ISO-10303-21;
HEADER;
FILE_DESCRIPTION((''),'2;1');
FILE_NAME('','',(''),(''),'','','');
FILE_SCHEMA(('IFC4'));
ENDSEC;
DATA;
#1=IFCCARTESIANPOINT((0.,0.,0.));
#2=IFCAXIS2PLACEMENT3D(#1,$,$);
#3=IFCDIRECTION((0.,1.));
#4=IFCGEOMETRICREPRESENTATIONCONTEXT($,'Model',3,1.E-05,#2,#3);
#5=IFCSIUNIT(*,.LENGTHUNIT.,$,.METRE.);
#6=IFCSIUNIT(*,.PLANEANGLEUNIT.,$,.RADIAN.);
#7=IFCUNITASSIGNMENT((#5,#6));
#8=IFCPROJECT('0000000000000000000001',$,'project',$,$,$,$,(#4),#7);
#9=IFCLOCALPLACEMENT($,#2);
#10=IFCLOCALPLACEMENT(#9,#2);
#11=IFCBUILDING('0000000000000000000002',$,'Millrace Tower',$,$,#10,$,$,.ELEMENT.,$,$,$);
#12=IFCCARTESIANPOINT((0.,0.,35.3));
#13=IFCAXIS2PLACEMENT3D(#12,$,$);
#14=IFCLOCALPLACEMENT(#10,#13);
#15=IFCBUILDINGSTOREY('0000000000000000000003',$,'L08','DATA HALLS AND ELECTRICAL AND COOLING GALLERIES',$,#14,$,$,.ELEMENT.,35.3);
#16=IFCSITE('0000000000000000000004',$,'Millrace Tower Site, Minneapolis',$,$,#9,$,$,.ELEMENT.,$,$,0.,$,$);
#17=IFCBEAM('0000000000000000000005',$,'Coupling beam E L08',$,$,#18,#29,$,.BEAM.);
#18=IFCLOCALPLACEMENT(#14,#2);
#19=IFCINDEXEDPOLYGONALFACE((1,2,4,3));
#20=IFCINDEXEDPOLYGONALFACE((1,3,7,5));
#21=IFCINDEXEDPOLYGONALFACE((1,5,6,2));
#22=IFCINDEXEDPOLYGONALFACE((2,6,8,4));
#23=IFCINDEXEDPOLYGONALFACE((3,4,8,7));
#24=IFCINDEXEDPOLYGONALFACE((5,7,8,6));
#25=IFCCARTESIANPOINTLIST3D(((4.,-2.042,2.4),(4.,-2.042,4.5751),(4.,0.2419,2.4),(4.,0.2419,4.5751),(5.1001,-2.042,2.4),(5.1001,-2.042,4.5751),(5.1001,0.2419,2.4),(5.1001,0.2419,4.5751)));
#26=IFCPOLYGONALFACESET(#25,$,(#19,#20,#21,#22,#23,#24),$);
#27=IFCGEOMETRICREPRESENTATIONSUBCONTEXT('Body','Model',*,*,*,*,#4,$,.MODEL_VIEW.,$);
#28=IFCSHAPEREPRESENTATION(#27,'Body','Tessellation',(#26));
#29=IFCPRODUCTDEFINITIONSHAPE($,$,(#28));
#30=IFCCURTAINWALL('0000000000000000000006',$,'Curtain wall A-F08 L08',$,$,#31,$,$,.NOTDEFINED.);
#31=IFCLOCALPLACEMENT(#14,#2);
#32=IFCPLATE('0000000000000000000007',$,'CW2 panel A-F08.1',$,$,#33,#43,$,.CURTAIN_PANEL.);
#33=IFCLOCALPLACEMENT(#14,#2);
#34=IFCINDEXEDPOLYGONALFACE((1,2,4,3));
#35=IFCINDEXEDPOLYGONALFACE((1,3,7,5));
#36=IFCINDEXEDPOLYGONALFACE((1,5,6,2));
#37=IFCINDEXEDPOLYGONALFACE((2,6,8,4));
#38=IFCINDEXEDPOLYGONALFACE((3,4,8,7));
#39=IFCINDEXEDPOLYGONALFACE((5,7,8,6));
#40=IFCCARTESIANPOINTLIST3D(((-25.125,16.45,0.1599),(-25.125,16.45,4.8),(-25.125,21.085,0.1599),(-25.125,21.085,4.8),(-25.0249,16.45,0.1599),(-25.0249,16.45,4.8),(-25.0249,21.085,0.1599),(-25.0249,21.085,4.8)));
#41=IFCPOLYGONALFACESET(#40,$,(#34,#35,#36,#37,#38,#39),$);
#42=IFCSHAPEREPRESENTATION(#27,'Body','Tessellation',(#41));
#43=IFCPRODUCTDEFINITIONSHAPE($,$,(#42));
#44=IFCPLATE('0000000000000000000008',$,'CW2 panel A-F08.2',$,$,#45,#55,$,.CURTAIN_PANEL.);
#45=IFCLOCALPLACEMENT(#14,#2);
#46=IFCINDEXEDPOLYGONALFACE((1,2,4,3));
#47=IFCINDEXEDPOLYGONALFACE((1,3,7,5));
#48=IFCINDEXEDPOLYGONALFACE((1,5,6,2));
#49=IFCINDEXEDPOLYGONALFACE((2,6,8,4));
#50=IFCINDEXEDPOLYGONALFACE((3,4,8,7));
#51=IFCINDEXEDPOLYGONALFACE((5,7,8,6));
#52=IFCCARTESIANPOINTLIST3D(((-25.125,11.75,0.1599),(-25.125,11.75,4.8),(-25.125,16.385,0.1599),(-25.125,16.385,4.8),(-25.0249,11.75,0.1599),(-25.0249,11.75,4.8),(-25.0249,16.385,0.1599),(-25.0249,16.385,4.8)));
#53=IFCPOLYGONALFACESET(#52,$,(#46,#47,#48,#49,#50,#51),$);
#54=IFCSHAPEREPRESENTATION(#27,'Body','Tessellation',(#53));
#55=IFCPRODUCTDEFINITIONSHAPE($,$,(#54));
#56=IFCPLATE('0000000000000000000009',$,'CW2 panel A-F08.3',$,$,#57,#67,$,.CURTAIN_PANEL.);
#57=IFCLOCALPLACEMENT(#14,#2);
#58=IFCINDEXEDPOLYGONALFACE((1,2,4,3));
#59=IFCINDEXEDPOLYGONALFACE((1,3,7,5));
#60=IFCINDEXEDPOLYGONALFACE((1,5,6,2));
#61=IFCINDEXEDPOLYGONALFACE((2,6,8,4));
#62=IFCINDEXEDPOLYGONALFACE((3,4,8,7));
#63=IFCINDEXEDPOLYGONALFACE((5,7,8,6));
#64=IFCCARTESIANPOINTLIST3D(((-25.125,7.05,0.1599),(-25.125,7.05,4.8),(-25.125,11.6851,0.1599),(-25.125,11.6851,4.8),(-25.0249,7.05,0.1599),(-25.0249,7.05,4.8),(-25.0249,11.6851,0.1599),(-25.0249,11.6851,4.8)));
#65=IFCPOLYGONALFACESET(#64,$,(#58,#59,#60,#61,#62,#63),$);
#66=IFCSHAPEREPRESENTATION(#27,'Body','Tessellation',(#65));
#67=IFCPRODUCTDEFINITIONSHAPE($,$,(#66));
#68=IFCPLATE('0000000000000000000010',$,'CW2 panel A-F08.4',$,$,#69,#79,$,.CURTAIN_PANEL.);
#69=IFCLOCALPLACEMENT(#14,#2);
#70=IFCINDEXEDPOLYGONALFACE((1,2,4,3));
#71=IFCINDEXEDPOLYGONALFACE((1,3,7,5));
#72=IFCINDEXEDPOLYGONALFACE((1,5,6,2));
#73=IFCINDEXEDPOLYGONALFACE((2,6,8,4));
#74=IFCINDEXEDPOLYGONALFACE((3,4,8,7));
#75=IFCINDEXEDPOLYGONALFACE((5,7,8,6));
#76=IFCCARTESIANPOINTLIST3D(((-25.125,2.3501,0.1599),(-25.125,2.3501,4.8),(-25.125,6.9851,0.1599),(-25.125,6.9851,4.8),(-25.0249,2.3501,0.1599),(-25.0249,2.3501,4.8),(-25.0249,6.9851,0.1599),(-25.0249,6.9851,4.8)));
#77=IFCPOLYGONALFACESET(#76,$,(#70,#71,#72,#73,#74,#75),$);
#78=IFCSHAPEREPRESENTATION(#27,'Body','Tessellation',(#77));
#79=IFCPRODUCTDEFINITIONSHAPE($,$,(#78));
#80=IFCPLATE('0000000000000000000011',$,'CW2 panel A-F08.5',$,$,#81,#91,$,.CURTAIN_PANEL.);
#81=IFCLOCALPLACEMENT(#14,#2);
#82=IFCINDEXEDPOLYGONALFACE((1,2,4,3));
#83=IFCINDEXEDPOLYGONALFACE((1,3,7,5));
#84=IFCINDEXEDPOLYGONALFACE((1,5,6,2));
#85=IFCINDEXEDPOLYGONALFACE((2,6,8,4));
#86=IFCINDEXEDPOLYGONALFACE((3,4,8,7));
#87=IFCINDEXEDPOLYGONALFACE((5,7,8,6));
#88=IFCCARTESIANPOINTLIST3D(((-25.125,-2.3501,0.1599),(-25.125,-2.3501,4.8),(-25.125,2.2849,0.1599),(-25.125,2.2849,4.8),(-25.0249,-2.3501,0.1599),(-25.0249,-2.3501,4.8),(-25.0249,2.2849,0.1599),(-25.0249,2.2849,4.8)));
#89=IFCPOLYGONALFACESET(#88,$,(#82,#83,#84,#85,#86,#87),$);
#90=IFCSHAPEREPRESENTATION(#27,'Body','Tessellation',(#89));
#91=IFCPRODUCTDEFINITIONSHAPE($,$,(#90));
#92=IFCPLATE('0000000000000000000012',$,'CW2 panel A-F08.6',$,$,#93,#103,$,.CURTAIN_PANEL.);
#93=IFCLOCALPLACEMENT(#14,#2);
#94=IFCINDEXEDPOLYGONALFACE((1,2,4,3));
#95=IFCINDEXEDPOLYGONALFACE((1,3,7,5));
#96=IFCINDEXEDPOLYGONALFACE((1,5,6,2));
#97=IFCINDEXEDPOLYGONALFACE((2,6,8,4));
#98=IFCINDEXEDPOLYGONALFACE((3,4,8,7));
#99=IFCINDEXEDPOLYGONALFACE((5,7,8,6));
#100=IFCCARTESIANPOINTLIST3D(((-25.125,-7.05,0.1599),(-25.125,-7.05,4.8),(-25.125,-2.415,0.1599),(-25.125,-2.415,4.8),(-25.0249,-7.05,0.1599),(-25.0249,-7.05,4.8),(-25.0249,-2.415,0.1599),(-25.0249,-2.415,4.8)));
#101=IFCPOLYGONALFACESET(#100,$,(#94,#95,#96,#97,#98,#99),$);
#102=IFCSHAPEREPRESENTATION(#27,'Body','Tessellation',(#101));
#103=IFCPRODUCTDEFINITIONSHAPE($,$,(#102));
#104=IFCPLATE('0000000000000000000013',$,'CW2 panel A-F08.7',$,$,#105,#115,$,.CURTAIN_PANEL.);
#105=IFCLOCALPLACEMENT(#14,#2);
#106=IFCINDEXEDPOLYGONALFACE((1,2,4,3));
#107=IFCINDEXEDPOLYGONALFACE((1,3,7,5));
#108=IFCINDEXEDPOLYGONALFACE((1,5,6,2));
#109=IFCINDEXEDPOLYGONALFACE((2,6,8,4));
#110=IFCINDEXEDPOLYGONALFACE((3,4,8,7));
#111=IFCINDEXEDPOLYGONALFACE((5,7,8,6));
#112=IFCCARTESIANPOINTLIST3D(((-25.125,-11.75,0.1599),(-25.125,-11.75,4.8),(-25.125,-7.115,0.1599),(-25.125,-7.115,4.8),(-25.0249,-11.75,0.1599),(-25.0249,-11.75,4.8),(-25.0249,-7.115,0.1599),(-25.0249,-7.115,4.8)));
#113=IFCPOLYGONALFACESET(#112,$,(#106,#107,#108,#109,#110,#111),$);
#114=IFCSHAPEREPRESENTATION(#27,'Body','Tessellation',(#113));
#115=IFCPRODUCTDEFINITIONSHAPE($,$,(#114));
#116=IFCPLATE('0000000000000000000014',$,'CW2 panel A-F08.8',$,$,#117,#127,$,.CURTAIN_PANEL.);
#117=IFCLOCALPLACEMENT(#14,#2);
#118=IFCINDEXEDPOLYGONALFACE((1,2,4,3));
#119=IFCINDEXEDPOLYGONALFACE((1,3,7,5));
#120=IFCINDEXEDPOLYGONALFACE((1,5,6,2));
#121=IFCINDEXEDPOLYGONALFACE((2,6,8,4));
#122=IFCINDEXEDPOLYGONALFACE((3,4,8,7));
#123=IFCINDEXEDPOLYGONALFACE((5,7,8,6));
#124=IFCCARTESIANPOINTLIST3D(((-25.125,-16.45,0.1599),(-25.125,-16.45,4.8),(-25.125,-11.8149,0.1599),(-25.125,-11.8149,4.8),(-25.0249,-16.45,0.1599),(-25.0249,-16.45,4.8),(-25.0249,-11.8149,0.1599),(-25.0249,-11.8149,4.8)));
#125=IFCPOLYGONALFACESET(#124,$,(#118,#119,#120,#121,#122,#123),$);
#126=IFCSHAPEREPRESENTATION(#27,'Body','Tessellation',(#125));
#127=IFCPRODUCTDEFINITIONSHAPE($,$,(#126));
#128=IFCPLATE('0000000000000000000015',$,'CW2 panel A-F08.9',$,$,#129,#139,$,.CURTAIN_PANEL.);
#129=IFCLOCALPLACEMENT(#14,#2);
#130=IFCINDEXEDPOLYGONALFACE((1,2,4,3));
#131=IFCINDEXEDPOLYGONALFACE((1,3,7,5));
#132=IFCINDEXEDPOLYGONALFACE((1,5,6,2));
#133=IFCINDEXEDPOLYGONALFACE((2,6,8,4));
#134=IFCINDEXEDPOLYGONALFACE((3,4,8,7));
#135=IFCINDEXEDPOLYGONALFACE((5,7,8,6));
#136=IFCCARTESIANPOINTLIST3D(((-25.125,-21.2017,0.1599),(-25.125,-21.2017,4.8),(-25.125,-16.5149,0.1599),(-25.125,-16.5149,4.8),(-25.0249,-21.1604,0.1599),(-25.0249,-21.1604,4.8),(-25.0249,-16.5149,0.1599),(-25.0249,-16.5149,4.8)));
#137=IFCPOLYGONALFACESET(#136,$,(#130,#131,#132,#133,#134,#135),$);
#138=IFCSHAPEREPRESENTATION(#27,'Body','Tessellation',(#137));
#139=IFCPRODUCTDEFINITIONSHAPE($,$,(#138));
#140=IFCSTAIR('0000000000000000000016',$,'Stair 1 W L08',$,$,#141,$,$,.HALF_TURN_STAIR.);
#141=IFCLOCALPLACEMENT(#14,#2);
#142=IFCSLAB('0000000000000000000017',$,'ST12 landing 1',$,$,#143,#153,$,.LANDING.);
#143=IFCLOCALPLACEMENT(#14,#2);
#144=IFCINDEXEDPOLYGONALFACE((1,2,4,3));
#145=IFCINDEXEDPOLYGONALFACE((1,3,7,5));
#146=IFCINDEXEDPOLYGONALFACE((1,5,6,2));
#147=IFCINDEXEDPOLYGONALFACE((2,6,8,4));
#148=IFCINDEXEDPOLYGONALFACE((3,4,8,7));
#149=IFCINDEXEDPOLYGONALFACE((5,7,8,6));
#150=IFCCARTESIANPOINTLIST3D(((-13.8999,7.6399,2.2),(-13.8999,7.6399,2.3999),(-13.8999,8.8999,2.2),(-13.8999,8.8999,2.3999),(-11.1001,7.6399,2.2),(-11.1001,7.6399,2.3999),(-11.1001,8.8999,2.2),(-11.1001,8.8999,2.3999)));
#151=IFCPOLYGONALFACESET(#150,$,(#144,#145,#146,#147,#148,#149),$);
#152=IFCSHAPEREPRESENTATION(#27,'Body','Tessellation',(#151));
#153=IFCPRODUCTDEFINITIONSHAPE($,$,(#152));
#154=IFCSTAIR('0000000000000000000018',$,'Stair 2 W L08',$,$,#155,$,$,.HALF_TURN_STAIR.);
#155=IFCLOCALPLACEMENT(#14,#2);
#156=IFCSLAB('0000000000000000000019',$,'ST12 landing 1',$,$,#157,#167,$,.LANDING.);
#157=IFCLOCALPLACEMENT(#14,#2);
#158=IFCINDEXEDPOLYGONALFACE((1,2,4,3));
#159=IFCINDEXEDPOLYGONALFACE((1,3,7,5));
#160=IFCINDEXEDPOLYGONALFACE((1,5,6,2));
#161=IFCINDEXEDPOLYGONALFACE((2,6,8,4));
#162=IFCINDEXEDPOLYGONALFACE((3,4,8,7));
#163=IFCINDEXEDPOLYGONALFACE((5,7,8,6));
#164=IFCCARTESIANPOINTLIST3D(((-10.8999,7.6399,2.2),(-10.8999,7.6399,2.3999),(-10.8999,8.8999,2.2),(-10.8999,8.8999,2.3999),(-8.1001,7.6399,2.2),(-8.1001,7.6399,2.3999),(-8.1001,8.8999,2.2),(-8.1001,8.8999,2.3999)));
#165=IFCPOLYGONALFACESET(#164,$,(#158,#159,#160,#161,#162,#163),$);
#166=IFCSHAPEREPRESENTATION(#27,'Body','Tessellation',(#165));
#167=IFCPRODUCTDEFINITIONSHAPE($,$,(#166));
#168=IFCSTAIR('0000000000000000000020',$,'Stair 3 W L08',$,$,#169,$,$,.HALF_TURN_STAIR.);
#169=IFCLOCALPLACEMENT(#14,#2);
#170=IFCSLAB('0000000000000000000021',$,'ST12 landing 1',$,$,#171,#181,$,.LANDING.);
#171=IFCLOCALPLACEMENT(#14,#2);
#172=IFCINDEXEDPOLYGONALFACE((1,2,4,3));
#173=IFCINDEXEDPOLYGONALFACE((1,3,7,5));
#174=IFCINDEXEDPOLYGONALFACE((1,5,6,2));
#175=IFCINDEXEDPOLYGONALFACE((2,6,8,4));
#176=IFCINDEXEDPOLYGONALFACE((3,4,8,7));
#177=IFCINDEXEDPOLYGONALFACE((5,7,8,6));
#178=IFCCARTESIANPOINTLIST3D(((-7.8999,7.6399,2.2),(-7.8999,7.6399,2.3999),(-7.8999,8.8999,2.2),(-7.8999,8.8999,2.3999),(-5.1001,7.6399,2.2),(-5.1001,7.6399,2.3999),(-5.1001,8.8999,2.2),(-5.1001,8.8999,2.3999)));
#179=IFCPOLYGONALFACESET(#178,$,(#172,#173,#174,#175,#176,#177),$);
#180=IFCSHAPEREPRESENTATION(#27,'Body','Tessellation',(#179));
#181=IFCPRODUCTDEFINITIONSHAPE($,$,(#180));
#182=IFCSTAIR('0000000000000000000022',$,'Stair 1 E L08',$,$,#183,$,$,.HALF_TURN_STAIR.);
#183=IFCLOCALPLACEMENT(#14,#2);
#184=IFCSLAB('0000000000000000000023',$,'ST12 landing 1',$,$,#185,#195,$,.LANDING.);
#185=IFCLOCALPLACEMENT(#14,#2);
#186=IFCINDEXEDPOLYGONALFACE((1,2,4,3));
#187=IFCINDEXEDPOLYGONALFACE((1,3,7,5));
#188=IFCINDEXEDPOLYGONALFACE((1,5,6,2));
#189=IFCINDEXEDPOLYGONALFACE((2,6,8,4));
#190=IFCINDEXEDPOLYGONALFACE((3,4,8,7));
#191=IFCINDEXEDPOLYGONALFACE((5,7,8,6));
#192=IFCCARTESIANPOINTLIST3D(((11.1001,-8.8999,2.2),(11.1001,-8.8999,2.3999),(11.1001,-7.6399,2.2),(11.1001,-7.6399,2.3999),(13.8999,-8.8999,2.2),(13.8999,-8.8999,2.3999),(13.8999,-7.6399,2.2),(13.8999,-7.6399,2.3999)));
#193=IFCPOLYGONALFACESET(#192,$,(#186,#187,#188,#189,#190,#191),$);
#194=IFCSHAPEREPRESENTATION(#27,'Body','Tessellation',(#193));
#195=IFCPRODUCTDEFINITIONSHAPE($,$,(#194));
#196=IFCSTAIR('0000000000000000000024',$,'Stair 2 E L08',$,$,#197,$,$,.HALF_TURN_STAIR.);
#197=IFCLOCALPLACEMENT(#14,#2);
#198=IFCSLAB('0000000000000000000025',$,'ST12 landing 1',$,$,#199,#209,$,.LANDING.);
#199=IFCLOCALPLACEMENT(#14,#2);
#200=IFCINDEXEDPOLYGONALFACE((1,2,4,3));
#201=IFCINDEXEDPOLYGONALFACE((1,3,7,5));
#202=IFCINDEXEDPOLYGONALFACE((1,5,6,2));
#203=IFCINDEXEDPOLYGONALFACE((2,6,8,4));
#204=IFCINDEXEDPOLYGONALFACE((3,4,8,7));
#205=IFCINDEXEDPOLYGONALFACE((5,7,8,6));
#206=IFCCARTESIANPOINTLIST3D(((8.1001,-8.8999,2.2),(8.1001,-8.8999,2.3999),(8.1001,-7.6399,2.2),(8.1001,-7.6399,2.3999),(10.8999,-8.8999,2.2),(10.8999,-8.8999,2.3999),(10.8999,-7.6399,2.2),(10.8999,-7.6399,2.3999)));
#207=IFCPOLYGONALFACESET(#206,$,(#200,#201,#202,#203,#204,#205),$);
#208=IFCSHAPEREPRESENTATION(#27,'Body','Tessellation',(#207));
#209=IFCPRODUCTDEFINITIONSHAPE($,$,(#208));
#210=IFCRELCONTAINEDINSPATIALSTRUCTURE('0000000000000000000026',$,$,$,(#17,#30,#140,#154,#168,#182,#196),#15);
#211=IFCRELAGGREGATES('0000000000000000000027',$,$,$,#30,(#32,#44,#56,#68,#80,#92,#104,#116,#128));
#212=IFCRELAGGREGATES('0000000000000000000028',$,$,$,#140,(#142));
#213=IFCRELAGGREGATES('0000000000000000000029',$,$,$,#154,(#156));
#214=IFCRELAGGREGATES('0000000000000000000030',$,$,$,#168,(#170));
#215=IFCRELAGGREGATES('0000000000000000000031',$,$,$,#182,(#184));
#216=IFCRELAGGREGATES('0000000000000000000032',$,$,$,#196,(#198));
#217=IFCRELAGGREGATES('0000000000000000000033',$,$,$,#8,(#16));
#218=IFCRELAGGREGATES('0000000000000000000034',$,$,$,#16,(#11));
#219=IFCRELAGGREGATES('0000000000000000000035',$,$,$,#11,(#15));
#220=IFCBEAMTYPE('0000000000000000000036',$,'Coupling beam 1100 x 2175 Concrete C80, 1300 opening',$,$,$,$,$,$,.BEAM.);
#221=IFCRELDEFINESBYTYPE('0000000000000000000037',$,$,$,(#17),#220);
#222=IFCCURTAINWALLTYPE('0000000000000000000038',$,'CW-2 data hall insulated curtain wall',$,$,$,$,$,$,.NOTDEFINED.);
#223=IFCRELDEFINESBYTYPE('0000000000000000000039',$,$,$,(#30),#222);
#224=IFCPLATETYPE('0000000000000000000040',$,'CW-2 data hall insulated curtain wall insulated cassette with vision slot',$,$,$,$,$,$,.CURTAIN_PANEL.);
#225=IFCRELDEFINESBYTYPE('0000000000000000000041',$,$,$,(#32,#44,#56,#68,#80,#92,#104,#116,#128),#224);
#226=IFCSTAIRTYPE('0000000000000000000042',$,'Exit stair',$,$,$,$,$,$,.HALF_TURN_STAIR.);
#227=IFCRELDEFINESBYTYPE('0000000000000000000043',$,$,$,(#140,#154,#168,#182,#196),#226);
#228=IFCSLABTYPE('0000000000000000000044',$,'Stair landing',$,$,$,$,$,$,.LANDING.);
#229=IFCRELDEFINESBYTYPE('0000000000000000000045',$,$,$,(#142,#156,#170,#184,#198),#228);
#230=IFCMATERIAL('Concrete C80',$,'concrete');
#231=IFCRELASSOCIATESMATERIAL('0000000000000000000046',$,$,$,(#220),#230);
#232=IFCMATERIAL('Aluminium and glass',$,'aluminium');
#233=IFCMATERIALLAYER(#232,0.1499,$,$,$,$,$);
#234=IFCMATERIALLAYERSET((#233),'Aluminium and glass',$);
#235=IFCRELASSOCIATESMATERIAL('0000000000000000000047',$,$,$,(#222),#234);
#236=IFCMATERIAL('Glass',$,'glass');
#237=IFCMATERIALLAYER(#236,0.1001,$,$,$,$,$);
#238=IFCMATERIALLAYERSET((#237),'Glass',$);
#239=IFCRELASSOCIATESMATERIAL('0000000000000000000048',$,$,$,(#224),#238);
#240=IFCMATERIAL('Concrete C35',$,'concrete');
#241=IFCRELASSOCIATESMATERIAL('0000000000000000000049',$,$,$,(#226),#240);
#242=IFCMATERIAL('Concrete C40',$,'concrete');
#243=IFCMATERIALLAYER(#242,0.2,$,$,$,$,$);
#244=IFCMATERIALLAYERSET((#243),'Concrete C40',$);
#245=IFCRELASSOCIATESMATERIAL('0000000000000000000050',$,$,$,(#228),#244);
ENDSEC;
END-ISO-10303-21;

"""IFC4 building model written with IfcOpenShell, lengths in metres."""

from ifc_helpers import new_model, si_unit, direction, frame, origin, origin_2d, place, context, subcontext, project, spatial, polyline, rectangle, outline, extrude, material, layer, layer_set, material_profile, profile_set, type_object, element, aggregate, save


model = new_model("IFC4")

# Units and contexts
model_context = context("Model", 3, precision=1e-05, world=origin(), true_north=direction((0.0, 1.0)))
body_context = subcontext(model_context, "Body", "Model", "MODEL_VIEW")
ifc_project = project(units=[si_unit("LENGTHUNIT", "METRE"), si_unit("PLANEANGLEUNIT", "RADIAN")], contexts=[model_context])

# Site, building, storey
site_placement = place(None, origin())
site = spatial("IfcSite", under=ifc_project, at=site_placement, Name="Millrace Tower Site, Minneapolis", CompositionType="ELEMENT", RefElevation=0.0)
building_placement = place(site_placement, origin())
building = spatial("IfcBuilding", under=site, at=building_placement, Name="Millrace Tower", CompositionType="ELEMENT")
storey_placement = place(building_placement, frame((0.0, 0.0, 35.3)))
storey = spatial("IfcBuildingStorey", under=building, at=storey_placement, Name="L08", Description="DATA HALLS AND ELECTRICAL AND COOLING GALLERIES", CompositionType="ELEMENT", Elevation=35.3)

# Beam
ifc_material_1 = material(Name="Concrete C80", Category="concrete")
ifc_material_profile = material_profile(ifc_material_1, rectangle(XDim=1.1001, YDim=2.175, at=origin_2d()))
ifc_profile_set = profile_set([ifc_material_profile], Name="Concrete C80")
beam_type = type_object("IfcBeamType", Name="Coupling beam 1100 x 2175 Concrete C80, 1300 opening", PredefinedType="BEAM", material=ifc_profile_set)
beam_placement = place(storey_placement, frame((4.55, 0.2419, 3.4875), z_axis=(0.0, -1.0, 0.0), x_axis=(1.0, 0.0, 0.0)))
element("IfcBeam", 1, at=beam_placement, inside=storey, type_object=beam_type, Name="Coupling beam E L08", PredefinedType="BEAM", context=body_context, shape_type="SweptSolid", body=[
    extrude(rectangle(XDim=1.1001, YDim=2.175, at=origin_2d()), origin(), (0.0, 0.0, 1.0), 2.2839),
])

# Curtain wall, plates
ifc_material_2 = material(Name="Aluminium and glass", Category="aluminium")
ifc_layer_1 = layer(ifc_material_2, 0.1499)
ifc_layer_set_1 = layer_set([ifc_layer_1], Name="Aluminium and glass")
curtain_wall_type = type_object("IfcCurtainWallType", Name="CW-2 data hall insulated curtain wall", PredefinedType="NOTDEFINED", material=ifc_layer_set_1)
placement_1 = place(storey_placement, origin())
curtain_wall = element("IfcCurtainWall", 2, at=placement_1, inside=storey, type_object=curtain_wall_type, Name="Curtain wall A-F08 L08", PredefinedType="NOTDEFINED")
ifc_material_3 = material(Name="Glass", Category="glass")
ifc_layer_2 = layer(ifc_material_3, 0.1001)
ifc_layer_set_2 = layer_set([ifc_layer_2], Name="Glass")
plate_type = type_object("IfcPlateType", Name="CW-2 data hall insulated curtain wall insulated cassette with vision slot", PredefinedType="CURTAIN_PANEL", material=ifc_layer_set_2)
placement_2 = place(storey_placement, frame((0.0, 0.0, 0.1599)))
plate_1 = element("IfcPlate", 3, at=placement_2, type_object=plate_type, Name="CW2 panel A-F08.1", PredefinedType="CURTAIN_PANEL", context=body_context, shape_type="SweptSolid", body=[
    extrude(outline(polyline([(-25.125, 21.085), (-25.125, 16.45), (-25.0249, 16.45), (-25.0249, 21.085), (-25.125, 21.085)])), origin(), (0.0, 0.0, 1.0), 4.6401),
])
plate_2 = element("IfcPlate", 4, at=placement_2, type_object=plate_type, Name="CW2 panel A-F08.2", PredefinedType="CURTAIN_PANEL", context=body_context, shape_type="SweptSolid", body=[
    extrude(outline(polyline([(-25.125, 16.385), (-25.125, 11.75), (-25.0249, 11.75), (-25.0249, 16.385), (-25.125, 16.385)])), origin(), (0.0, 0.0, 1.0), 4.6401),
])
plate_3 = element("IfcPlate", 5, at=placement_2, type_object=plate_type, Name="CW2 panel A-F08.3", PredefinedType="CURTAIN_PANEL", context=body_context, shape_type="SweptSolid", body=[
    extrude(outline(polyline([(-25.125, 11.6851), (-25.125, 7.05), (-25.0249, 7.05), (-25.0249, 11.6851), (-25.125, 11.6851)])), origin(), (0.0, 0.0, 1.0), 4.6401),
])
plate_4 = element("IfcPlate", 6, at=placement_2, type_object=plate_type, Name="CW2 panel A-F08.4", PredefinedType="CURTAIN_PANEL", context=body_context, shape_type="SweptSolid", body=[
    extrude(outline(polyline([(-25.125, 6.9851), (-25.125, 2.3501), (-25.0249, 2.3501), (-25.0249, 6.9851), (-25.125, 6.9851)])), origin(), (0.0, 0.0, 1.0), 4.6401),
])
plate_5 = element("IfcPlate", 7, at=placement_2, type_object=plate_type, Name="CW2 panel A-F08.5", PredefinedType="CURTAIN_PANEL", context=body_context, shape_type="SweptSolid", body=[
    extrude(outline(polyline([(-25.125, 2.2849), (-25.125, -2.3501), (-25.0249, -2.3501), (-25.0249, 2.2849), (-25.125, 2.2849)])), origin(), (0.0, 0.0, 1.0), 4.6401),
])
plate_6 = element("IfcPlate", 8, at=placement_2, type_object=plate_type, Name="CW2 panel A-F08.6", PredefinedType="CURTAIN_PANEL", context=body_context, shape_type="SweptSolid", body=[
    extrude(outline(polyline([(-25.125, -2.415), (-25.125, -7.05), (-25.0249, -7.05), (-25.0249, -2.415), (-25.125, -2.415)])), origin(), (0.0, 0.0, 1.0), 4.6401),
])
plate_7 = element("IfcPlate", 9, at=placement_2, type_object=plate_type, Name="CW2 panel A-F08.7", PredefinedType="CURTAIN_PANEL", context=body_context, shape_type="SweptSolid", body=[
    extrude(outline(polyline([(-25.125, -7.115), (-25.125, -11.75), (-25.0249, -11.75), (-25.0249, -7.115), (-25.125, -7.115)])), origin(), (0.0, 0.0, 1.0), 4.6401),
])
plate_8 = element("IfcPlate", 10, at=placement_2, type_object=plate_type, Name="CW2 panel A-F08.8", PredefinedType="CURTAIN_PANEL", context=body_context, shape_type="SweptSolid", body=[
    extrude(outline(polyline([(-25.125, -11.8149), (-25.125, -16.45), (-25.0249, -16.45), (-25.0249, -11.8149), (-25.125, -11.8149)])), origin(), (0.0, 0.0, 1.0), 4.6401),
])
plate_9 = element("IfcPlate", 11, at=placement_2, type_object=plate_type, Name="CW2 panel A-F08.9", PredefinedType="CURTAIN_PANEL", context=body_context, shape_type="SweptSolid", body=[
    extrude(outline(polyline([(-25.125, -16.5149), (-25.125, -21.2017), (-25.0249, -21.1604), (-25.0249, -16.5149), (-25.125, -16.5149)])), origin(), (0.0, 0.0, 1.0), 4.6401),
])
aggregate(curtain_wall, [plate_1, plate_2, plate_3, plate_4, plate_5, plate_6, plate_7, plate_8, plate_9])

# Stairs, slabs
ifc_material_4 = material(Name="Concrete C35", Category="concrete")
stair_type = type_object("IfcStairType", Name="Exit stair", PredefinedType="HALF_TURN_STAIR", material=ifc_material_4)
stair_1 = element("IfcStair", 12, at=placement_1, inside=storey, type_object=stair_type, Name="Stair 1 W L08", PredefinedType="HALF_TURN_STAIR")
ifc_material_5 = material(Name="Concrete C40", Category="concrete")
ifc_layer_3 = layer(ifc_material_5, 0.2)
ifc_layer_set_3 = layer_set([ifc_layer_3], Name="Concrete C40")
slab_type = type_object("IfcSlabType", Name="Stair landing", PredefinedType="LANDING", material=ifc_layer_set_3)
placement_3 = place(storey_placement, frame((0.0, 0.0, 2.2)))
slab_1 = element("IfcSlab", 13, at=placement_3, type_object=slab_type, Name="ST12 landing 1", PredefinedType="LANDING", context=body_context, shape_type="SweptSolid", body=[
    extrude(outline(polyline([(-13.8999, 7.6399), (-11.1001, 7.6399), (-11.1001, 8.8999), (-13.8999, 8.8999), (-13.8999, 7.6399)])), origin(), (0.0, 0.0, 1.0), 0.2),
])
aggregate(stair_1, [slab_1])
stair_2 = element("IfcStair", 14, at=placement_1, inside=storey, type_object=stair_type, Name="Stair 2 W L08", PredefinedType="HALF_TURN_STAIR")
slab_2 = element("IfcSlab", 15, at=placement_3, type_object=slab_type, Name="ST12 landing 1", PredefinedType="LANDING", context=body_context, shape_type="SweptSolid", body=[
    extrude(outline(polyline([(-10.8999, 7.6399), (-8.1001, 7.6399), (-8.1001, 8.8999), (-10.8999, 8.8999), (-10.8999, 7.6399)])), origin(), (0.0, 0.0, 1.0), 0.2),
])
aggregate(stair_2, [slab_2])
stair_3 = element("IfcStair", 16, at=placement_1, inside=storey, type_object=stair_type, Name="Stair 3 W L08", PredefinedType="HALF_TURN_STAIR")
slab_3 = element("IfcSlab", 17, at=placement_3, type_object=slab_type, Name="ST12 landing 1", PredefinedType="LANDING", context=body_context, shape_type="SweptSolid", body=[
    extrude(outline(polyline([(-7.8999, 7.6399), (-5.1001, 7.6399), (-5.1001, 8.8999), (-7.8999, 8.8999), (-7.8999, 7.6399)])), origin(), (0.0, 0.0, 1.0), 0.2),
])
aggregate(stair_3, [slab_3])
stair_4 = element("IfcStair", 18, at=placement_1, inside=storey, type_object=stair_type, Name="Stair 1 E L08", PredefinedType="HALF_TURN_STAIR")
slab_4 = element("IfcSlab", 19, at=placement_3, type_object=slab_type, Name="ST12 landing 1", PredefinedType="LANDING", context=body_context, shape_type="SweptSolid", body=[
    extrude(outline(polyline([(11.1001, -8.8999), (13.8999, -8.8999), (13.8999, -7.6399), (11.1001, -7.6399), (11.1001, -8.8999)])), origin(), (0.0, 0.0, 1.0), 0.2),
])
aggregate(stair_4, [slab_4])
stair_5 = element("IfcStair", 20, at=placement_1, inside=storey, type_object=stair_type, Name="Stair 2 E L08", PredefinedType="HALF_TURN_STAIR")
slab_5 = element("IfcSlab", 21, at=placement_3, type_object=slab_type, Name="ST12 landing 1", PredefinedType="LANDING", context=body_context, shape_type="SweptSolid", body=[
    extrude(outline(polyline([(8.1001, -8.8999), (10.8999, -8.8999), (10.8999, -7.6399), (8.1001, -7.6399), (8.1001, -8.8999)])), origin(), (0.0, 0.0, 1.0), 0.2),
])
aggregate(stair_5, [slab_5])

save(model, "model.ifc")
